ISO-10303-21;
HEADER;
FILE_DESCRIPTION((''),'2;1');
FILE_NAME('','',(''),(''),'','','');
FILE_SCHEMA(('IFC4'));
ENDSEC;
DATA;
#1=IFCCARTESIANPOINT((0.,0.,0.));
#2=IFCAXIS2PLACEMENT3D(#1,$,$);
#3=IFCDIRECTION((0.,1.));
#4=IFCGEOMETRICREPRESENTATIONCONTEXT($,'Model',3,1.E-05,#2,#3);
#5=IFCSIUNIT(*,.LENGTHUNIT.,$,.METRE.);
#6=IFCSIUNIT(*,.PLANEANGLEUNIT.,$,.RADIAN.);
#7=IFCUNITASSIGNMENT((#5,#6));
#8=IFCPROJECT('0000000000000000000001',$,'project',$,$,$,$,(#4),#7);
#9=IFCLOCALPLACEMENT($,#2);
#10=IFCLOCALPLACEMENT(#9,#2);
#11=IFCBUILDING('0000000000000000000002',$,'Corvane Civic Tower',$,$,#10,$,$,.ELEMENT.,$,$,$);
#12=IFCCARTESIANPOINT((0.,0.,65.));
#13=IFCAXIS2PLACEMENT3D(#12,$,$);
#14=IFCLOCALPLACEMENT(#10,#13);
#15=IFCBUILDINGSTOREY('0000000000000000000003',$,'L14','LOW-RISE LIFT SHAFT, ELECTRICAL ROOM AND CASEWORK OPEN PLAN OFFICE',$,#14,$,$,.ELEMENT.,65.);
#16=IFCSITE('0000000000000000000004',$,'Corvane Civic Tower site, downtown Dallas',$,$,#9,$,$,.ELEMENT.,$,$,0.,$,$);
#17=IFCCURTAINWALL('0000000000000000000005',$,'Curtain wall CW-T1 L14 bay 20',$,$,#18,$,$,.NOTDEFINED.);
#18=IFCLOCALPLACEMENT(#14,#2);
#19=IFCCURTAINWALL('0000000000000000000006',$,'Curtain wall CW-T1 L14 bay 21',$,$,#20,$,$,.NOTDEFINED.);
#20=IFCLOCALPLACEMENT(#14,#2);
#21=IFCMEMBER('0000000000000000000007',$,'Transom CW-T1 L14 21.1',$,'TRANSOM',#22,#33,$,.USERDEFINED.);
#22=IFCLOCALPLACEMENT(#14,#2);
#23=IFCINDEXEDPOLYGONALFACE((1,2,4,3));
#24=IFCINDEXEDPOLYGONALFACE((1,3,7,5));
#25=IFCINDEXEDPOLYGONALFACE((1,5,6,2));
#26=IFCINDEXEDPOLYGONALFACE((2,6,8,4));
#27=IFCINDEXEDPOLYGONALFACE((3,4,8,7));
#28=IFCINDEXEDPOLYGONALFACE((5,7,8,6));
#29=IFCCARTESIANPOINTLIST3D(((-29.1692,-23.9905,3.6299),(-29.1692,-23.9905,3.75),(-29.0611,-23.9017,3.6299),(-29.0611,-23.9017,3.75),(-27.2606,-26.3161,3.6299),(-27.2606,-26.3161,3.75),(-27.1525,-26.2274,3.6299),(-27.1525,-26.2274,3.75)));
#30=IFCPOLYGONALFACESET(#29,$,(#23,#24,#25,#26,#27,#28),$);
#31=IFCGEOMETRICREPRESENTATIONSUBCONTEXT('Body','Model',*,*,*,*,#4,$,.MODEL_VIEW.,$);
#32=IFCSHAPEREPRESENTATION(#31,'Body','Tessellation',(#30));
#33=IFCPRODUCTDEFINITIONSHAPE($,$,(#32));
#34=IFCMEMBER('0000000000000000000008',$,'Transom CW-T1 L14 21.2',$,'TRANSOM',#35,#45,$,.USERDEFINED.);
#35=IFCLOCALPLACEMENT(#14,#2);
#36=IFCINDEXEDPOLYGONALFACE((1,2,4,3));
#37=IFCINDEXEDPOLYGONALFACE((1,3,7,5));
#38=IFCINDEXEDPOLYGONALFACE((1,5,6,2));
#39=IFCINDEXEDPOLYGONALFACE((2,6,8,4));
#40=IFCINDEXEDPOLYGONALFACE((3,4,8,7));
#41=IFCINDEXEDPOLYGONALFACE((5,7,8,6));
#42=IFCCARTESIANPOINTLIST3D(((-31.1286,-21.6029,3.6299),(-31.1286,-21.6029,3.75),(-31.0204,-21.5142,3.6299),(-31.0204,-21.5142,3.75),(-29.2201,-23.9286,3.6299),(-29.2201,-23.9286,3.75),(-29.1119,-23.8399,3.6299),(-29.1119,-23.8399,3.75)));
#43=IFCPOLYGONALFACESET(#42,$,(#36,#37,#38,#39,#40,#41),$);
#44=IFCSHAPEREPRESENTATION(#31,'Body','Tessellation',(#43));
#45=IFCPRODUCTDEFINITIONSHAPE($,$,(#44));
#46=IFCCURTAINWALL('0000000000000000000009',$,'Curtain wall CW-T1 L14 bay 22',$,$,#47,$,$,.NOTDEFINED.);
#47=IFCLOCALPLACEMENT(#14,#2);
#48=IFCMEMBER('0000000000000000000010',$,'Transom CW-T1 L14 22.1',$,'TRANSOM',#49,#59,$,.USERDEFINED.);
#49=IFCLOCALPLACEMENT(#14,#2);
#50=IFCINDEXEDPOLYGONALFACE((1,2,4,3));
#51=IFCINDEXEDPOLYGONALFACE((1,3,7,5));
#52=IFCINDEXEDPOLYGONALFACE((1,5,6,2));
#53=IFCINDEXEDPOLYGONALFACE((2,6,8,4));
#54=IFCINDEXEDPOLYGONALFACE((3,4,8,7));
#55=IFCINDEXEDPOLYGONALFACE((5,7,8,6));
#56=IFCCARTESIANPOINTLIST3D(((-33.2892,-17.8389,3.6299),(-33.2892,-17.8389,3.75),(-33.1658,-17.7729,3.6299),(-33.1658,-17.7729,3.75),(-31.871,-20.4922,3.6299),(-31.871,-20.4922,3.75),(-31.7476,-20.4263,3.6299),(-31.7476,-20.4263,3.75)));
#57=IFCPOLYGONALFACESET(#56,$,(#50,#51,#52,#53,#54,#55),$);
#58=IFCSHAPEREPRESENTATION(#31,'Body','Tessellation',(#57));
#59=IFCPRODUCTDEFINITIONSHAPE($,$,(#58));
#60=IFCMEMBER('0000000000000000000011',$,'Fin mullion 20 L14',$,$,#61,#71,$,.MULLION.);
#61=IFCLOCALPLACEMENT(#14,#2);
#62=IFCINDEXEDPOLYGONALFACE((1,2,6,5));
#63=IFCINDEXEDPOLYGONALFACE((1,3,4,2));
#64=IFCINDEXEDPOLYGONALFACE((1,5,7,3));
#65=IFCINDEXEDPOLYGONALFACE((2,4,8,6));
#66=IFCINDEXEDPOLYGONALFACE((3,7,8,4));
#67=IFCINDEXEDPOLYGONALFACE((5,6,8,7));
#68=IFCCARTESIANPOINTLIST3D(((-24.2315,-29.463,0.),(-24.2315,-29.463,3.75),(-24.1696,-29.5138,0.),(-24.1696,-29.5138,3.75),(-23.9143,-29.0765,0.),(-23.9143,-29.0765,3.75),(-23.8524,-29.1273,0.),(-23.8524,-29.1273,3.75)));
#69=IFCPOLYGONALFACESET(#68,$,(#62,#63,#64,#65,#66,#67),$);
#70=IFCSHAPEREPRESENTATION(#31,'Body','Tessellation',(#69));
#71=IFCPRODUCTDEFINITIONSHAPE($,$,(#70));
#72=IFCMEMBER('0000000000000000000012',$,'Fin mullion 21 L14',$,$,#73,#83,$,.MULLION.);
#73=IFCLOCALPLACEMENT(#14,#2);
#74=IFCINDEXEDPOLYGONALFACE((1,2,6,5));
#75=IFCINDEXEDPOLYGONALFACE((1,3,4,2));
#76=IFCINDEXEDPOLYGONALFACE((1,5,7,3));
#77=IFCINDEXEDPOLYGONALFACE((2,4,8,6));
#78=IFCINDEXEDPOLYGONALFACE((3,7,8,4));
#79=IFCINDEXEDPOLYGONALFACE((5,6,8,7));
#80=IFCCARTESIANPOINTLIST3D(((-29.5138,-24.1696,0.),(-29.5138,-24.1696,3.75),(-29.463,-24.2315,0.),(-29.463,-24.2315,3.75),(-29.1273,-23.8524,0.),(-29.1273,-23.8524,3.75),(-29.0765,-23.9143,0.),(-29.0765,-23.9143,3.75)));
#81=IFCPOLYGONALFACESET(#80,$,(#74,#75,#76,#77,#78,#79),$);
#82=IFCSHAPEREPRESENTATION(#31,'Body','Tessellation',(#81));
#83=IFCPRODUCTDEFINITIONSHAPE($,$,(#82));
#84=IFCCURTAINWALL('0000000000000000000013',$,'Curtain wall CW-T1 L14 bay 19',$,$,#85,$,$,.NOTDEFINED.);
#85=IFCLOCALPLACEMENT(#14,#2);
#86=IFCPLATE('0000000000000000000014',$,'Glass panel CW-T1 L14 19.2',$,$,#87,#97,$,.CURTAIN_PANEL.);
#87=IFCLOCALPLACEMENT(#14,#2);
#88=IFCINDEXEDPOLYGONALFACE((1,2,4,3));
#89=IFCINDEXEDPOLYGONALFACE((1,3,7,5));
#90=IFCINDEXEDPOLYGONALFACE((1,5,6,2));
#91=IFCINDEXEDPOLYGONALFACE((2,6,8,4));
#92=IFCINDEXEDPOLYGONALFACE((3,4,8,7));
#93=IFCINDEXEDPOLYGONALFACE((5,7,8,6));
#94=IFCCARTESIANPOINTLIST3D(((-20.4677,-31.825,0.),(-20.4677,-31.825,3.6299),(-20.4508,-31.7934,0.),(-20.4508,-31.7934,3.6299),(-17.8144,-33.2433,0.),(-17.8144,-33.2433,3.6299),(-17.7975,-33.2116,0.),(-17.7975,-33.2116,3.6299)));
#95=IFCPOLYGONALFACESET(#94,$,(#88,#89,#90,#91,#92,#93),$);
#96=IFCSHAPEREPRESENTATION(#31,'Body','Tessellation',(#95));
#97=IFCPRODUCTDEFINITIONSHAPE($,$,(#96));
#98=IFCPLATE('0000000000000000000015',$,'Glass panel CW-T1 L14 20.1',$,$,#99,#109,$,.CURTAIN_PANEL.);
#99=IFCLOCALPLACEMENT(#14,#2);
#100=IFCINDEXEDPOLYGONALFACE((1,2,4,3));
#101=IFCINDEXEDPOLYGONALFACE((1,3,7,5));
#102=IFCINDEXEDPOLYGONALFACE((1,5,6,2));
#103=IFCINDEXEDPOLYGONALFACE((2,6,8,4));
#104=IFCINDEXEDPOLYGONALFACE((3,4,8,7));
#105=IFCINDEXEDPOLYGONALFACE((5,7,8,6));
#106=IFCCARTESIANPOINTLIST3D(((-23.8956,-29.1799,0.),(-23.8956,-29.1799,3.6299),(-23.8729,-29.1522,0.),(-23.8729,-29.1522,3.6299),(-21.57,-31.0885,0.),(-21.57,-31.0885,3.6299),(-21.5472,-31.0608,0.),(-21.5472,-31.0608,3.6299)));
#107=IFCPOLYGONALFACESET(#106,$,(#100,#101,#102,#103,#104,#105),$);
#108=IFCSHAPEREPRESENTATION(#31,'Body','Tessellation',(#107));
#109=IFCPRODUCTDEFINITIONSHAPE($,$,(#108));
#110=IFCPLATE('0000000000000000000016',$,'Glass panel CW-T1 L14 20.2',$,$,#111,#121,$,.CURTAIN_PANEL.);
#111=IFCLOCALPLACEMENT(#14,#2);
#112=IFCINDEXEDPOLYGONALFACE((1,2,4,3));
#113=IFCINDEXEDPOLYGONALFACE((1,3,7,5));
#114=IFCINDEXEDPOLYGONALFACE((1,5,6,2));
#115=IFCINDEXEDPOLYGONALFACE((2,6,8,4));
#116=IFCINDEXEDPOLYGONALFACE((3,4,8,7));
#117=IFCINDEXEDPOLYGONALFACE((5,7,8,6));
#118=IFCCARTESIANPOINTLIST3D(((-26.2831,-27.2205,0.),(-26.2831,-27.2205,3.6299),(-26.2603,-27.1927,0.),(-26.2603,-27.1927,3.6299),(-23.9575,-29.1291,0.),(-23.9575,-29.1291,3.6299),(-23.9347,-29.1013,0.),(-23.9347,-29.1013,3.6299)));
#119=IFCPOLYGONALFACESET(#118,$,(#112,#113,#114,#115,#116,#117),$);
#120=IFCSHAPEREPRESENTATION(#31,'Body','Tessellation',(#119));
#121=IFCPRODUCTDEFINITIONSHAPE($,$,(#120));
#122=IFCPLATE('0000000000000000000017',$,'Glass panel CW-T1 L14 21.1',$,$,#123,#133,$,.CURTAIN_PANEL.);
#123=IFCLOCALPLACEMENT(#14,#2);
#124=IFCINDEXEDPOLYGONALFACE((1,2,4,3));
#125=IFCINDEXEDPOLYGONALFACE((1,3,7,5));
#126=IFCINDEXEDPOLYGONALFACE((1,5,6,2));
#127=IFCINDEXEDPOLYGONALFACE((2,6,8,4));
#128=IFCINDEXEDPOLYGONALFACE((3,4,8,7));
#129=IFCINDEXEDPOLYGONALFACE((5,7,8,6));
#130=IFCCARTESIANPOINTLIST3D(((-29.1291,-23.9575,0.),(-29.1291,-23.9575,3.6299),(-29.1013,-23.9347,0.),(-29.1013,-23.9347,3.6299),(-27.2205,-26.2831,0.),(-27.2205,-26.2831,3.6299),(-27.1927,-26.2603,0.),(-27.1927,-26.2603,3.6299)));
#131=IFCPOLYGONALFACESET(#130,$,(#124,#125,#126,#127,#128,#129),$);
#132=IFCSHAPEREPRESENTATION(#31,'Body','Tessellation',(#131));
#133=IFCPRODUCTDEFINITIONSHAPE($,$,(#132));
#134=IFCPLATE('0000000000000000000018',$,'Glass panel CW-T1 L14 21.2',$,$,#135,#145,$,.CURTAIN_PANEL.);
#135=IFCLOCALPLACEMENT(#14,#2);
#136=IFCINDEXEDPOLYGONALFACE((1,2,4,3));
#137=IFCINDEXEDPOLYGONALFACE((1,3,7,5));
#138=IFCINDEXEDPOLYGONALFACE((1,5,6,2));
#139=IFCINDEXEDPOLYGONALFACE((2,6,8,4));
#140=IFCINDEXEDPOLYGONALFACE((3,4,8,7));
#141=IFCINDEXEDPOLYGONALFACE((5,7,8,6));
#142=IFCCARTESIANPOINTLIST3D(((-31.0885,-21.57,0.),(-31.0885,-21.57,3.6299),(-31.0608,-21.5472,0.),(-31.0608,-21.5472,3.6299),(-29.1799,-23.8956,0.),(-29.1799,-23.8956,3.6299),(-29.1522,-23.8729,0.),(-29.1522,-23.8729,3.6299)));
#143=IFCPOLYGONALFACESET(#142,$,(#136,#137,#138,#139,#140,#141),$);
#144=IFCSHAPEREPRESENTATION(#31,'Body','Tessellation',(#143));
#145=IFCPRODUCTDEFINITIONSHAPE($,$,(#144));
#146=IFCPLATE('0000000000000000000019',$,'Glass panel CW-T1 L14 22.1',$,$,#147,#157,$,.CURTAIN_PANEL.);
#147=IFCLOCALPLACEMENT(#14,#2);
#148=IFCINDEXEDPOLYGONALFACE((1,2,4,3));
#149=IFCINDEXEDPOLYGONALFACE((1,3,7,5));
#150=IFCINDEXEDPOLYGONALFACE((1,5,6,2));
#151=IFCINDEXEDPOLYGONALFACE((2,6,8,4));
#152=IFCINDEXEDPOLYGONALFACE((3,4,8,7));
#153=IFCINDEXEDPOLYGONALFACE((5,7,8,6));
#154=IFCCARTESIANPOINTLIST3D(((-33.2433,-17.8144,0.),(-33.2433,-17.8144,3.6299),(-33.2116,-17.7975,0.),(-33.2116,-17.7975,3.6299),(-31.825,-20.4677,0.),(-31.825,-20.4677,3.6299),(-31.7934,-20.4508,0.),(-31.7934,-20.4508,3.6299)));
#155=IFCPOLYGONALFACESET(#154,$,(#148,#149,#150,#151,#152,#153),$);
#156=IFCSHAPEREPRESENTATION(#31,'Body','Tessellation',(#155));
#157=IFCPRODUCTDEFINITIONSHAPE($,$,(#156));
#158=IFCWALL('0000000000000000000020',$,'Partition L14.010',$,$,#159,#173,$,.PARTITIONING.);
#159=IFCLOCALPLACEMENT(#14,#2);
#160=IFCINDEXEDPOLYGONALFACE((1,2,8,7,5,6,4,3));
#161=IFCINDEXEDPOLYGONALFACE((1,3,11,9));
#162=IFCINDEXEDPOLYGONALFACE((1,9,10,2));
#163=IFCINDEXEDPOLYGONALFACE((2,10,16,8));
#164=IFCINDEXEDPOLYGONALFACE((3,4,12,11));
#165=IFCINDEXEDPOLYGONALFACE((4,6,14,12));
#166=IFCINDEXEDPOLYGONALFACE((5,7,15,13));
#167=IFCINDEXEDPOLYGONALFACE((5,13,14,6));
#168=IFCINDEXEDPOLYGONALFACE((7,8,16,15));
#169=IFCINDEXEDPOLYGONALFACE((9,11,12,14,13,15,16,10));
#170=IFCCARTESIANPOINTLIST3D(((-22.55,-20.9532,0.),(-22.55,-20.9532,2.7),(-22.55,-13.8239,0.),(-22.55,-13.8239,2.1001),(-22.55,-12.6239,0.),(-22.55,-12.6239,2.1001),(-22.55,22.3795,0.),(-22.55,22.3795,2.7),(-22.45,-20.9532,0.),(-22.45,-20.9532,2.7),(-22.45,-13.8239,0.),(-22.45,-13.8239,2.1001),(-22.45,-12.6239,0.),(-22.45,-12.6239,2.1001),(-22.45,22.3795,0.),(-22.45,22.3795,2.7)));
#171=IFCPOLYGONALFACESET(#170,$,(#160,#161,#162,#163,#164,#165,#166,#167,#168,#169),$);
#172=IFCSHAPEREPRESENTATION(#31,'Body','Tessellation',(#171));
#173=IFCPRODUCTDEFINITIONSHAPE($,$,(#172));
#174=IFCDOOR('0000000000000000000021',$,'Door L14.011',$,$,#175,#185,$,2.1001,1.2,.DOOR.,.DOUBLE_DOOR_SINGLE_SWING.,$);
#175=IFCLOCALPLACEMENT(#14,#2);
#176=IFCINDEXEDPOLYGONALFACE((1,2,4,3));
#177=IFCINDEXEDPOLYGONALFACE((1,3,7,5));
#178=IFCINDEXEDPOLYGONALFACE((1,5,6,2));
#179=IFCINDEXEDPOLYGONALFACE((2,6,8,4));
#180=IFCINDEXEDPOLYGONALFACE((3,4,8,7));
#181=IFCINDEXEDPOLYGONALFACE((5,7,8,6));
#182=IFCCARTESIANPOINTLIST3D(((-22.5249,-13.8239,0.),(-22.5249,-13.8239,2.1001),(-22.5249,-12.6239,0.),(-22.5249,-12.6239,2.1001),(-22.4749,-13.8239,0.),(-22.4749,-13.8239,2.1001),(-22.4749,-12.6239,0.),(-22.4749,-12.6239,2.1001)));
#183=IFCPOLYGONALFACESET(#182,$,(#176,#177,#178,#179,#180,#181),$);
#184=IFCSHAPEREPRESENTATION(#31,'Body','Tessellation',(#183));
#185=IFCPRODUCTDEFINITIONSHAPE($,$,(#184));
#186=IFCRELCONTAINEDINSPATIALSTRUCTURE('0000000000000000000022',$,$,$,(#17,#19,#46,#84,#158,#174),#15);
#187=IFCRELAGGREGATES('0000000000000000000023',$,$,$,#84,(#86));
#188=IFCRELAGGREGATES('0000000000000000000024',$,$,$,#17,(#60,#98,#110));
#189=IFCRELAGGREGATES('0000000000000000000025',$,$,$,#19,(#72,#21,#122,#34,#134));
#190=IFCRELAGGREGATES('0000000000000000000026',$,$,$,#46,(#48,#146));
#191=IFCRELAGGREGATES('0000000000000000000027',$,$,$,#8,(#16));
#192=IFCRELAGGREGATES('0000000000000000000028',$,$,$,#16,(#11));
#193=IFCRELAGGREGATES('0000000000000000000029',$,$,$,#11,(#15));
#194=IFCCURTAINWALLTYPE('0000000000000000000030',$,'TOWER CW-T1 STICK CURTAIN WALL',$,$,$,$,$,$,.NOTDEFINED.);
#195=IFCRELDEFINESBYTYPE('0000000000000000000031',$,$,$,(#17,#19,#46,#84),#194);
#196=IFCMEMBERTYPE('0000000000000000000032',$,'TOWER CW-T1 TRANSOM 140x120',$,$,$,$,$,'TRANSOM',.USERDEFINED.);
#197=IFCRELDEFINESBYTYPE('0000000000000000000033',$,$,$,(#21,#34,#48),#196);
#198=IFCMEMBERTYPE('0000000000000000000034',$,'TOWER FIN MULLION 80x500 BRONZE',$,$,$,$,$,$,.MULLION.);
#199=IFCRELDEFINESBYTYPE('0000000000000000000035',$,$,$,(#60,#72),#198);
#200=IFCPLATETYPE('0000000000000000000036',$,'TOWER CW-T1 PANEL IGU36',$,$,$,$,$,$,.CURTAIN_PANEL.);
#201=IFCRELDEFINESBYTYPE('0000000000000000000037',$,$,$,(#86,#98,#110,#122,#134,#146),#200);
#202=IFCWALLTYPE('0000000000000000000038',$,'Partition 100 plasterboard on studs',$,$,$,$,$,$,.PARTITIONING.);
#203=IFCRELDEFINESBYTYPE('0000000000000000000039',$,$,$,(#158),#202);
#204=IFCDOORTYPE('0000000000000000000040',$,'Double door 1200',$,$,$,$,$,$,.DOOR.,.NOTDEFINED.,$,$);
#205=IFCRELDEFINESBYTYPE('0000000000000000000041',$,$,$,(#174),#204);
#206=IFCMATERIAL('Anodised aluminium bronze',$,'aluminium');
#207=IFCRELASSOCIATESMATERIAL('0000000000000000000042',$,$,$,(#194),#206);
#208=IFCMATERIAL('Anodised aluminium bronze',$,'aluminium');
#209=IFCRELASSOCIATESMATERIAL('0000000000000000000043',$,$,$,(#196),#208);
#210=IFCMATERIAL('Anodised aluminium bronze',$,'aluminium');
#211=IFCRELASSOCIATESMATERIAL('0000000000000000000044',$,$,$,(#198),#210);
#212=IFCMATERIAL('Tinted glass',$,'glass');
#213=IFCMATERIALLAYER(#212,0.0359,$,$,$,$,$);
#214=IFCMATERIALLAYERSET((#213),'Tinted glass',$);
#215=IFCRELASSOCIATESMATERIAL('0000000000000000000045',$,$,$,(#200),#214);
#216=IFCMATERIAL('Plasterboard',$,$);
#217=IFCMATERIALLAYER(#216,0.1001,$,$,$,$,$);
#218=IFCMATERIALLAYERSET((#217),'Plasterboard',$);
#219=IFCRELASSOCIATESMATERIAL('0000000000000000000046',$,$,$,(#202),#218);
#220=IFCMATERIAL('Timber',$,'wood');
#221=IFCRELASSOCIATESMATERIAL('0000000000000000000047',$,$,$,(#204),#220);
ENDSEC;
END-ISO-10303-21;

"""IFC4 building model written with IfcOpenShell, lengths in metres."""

from ifc_helpers import new_model, si_unit, direction, frame, frame_2d, origin, origin_2d, place, context, subcontext, project, spatial, rectangle, extrude, material, layer, layer_set, material_profile, profile_set, type_object, element, fill, aggregate, save


model = new_model("IFC4")

# Units and contexts
model_context = context("Model", 3, precision=1e-05, world=origin(), true_north=direction((0.0, 1.0)))
body_context = subcontext(model_context, "Body", "Model", "MODEL_VIEW")
ifc_project = project(units=[si_unit("LENGTHUNIT", "METRE"), si_unit("PLANEANGLEUNIT", "RADIAN")], contexts=[model_context])

# Site, building, storey
site_placement = place(None, origin())
site = spatial("IfcSite", under=ifc_project, at=site_placement, Name="Corvane Civic Tower site, downtown Dallas", CompositionType="ELEMENT", RefElevation=0.0)
building_placement = place(site_placement, origin())
building = spatial("IfcBuilding", under=site, at=building_placement, Name="Corvane Civic Tower", CompositionType="ELEMENT")
storey_placement = place(building_placement, frame((0.0, 0.0, 65.0)))
storey = spatial("IfcBuildingStorey", under=building, at=storey_placement, Name="L14", Description="LOW-RISE LIFT SHAFT, ELECTRICAL ROOM AND CASEWORK OPEN PLAN OFFICE", CompositionType="ELEMENT", Elevation=65.0)

# Curtain walls, members
ifc_material_1 = material(Name="Anodised aluminium bronze", Category="aluminium")
curtain_wall_type = type_object("IfcCurtainWallType", Name="TOWER CW-T1 STICK CURTAIN WALL", PredefinedType="NOTDEFINED", material=ifc_material_1)
curtain_wall_1_placement = place(storey_placement, origin())
curtain_wall_1 = element("IfcCurtainWall", 1, at=curtain_wall_1_placement, inside=storey, type_object=curtain_wall_type, Name="Curtain wall CW-T1 L14 bay 20", PredefinedType="NOTDEFINED")
ifc_material_2 = material(Name="Anodised aluminium bronze", Category="aluminium")
ifc_material_profile_1 = material_profile(ifc_material_2, rectangle(XDim=0.1399, YDim=0.1201, at=origin_2d()), Name="TOWER CW-T1 TRANSOM 140x120")
ifc_profile_set_1 = profile_set([ifc_material_profile_1], Name="Anodised aluminium bronze")
member_type_1 = type_object("IfcMemberType", Name="TOWER CW-T1 TRANSOM 140x120", ElementType="TRANSOM", PredefinedType="USERDEFINED", material=ifc_profile_set_1)
curtain_wall_2_placement = place(storey_placement, origin())
curtain_wall_2 = element("IfcCurtainWall", 2, at=curtain_wall_2_placement, inside=storey, type_object=curtain_wall_type, Name="Curtain wall CW-T1 L14 bay 21", PredefinedType="NOTDEFINED")
member_1_placement = place(storey_placement, frame((-27.2065, -26.2717, 3.6899), z_axis=(-0.634404, 0.773002, 0.0), x_axis=(-0.773002, -0.634404, 0.0)))
member_1 = element("IfcMember", 3, at=member_1_placement, type_object=member_type_1, Name="Transom CW-T1 L14 21.1", ObjectType="TRANSOM", PredefinedType="USERDEFINED", context=body_context, shape_type="SweptSolid", body=[
    extrude(rectangle(XDim=0.1399, YDim=0.1201, at=origin_2d()), origin(), (0.0, 0.0, 1.0), 3.0085),
])
member_2_placement = place(storey_placement, frame((-29.166, -23.8843, 3.6899), z_axis=(-0.634355, 0.773042, 0.0), x_axis=(-0.773042, -0.634355, 0.0)))
member_2 = element("IfcMember", 4, at=member_2_placement, type_object=member_type_1, Name="Transom CW-T1 L14 21.2", ObjectType="TRANSOM", PredefinedType="USERDEFINED", context=body_context, shape_type="SweptSolid", body=[
    extrude(rectangle(XDim=0.1399, YDim=0.1201, at=origin_2d()), origin(), (0.0, 0.0, 1.0), 3.0085),
])

# Curtain wall, member
curtain_wall_3_placement = place(storey_placement, origin())
curtain_wall_3 = element("IfcCurtainWall", 5, at=curtain_wall_3_placement, inside=storey, type_object=curtain_wall_type, Name="Curtain wall CW-T1 L14 bay 22", PredefinedType="NOTDEFINED")
member_3_placement = place(storey_placement, frame((-31.8093, -20.4592, 3.6899), z_axis=(-0.471393, 0.881924, 0.0), x_axis=(-0.881924, -0.471393, 0.0)))
member_3 = element("IfcMember", 6, at=member_3_placement, type_object=member_type_1, Name="Transom CW-T1 L14 22.1", ObjectType="TRANSOM", PredefinedType="USERDEFINED", context=body_context, shape_type="SweptSolid", body=[
    extrude(rectangle(XDim=0.1399, YDim=0.1201, at=origin_2d()), origin(), (0.0, 0.0, 1.0), 3.0085),
])

# Members
ifc_material_3 = material(Name="Anodised aluminium bronze", Category="aluminium")
ifc_material_profile_2 = material_profile(ifc_material_3, rectangle(XDim=0.0801, YDim=0.5, at=origin_2d()), Name="TOWER FIN MULLION 80x500 BRONZE")
ifc_profile_set_2 = profile_set([ifc_material_profile_2], Name="Anodised aluminium bronze")
member_type_2 = type_object("IfcMemberType", Name="TOWER FIN MULLION 80x500 BRONZE", PredefinedType="MULLION", material=ifc_profile_set_2)
member_4_placement = place(storey_placement, frame((-24.042, -29.2952, 0.0), z_axis=(0.0, 0.0, 1.0), x_axis=(-0.773007, 0.634397, 0.0)))
member_4 = element("IfcMember", 7, at=member_4_placement, type_object=member_type_2, Name="Fin mullion 20 L14", PredefinedType="MULLION", context=body_context, shape_type="SweptSolid", body=[
    extrude(rectangle(XDim=0.0801, YDim=0.5, at=origin_2d()), origin(), (0.0, 0.0, 1.0), 3.75),
])
member_5_placement = place(storey_placement, frame((-29.2952, -24.042, 0.0), z_axis=(0.0, 0.0, 1.0), x_axis=(-0.634397, 0.773007, 0.0)))
member_5 = element("IfcMember", 8, at=member_5_placement, type_object=member_type_2, Name="Fin mullion 21 L14", PredefinedType="MULLION", context=body_context, shape_type="SweptSolid", body=[
    extrude(rectangle(XDim=0.0801, YDim=0.5, at=origin_2d()), origin(), (0.0, 0.0, 1.0), 3.75),
])

# Curtain wall, plate
curtain_wall_4_placement = place(storey_placement, origin())
curtain_wall_4 = element("IfcCurtainWall", 9, at=curtain_wall_4_placement, inside=storey, type_object=curtain_wall_type, Name="Curtain wall CW-T1 L14 bay 19", PredefinedType="NOTDEFINED")
ifc_material_4 = material(Name="Tinted glass", Category="glass")
ifc_layer_1 = layer(ifc_material_4, 0.0359)
ifc_layer_set_1 = layer_set([ifc_layer_1], Name="Tinted glass")
plate_type = type_object("IfcPlateType", Name="TOWER CW-T1 PANEL IGU36", PredefinedType="CURTAIN_PANEL", material=ifc_layer_set_1)
plate_1_placement = place(storey_placement, frame((-19.1326, -32.5183, 0.0), z_axis=(0.0, 0.0, 1.0), x_axis=(-0.881918, 0.471404, 0.0)))
plate_1 = element("IfcPlate", 10, at=plate_1_placement, type_object=plate_type, Name="Glass panel CW-T1 L14 19.2", PredefinedType="CURTAIN_PANEL", context=body_context, shape_type="SweptSolid", body=[
    extrude(rectangle(XDim=3.0085, YDim=0.0359, at=origin_2d()), origin(), (0.0, 0.0, 1.0), 3.6299),
])
aggregate(curtain_wall_4, [plate_1])

# Plates
plate_2_placement = place(storey_placement, frame((-22.7214, -30.1204, 0.0), z_axis=(0.0, 0.0, 1.0), x_axis=(-0.773007, 0.634397, 0.0)))
plate_2 = element("IfcPlate", 11, at=plate_2_placement, type_object=plate_type, Name="Glass panel CW-T1 L14 20.1", PredefinedType="CURTAIN_PANEL", context=body_context, shape_type="SweptSolid", body=[
    extrude(rectangle(XDim=3.0085, YDim=0.0359, at=origin_2d()), origin(), (0.0, 0.0, 1.0), 3.6299),
])
plate_3_placement = place(storey_placement, frame((-25.1089, -28.1609, 0.0), z_axis=(0.0, 0.0, 1.0), x_axis=(-0.773007, 0.634397, 0.0)))
plate_3 = element("IfcPlate", 12, at=plate_3_placement, type_object=plate_type, Name="Glass panel CW-T1 L14 20.2", PredefinedType="CURTAIN_PANEL", context=body_context, shape_type="SweptSolid", body=[
    extrude(rectangle(XDim=3.0085, YDim=0.0359, at=origin_2d()), origin(), (0.0, 0.0, 1.0), 3.6299),
])
aggregate(curtain_wall_1, [member_4, plate_2, plate_3])
plate_4_placement = place(storey_placement, frame((-28.1609, -25.1089, 0.0), z_axis=(0.0, 0.0, 1.0), x_axis=(-0.634397, 0.773007, 0.0)))
plate_4 = element("IfcPlate", 13, at=plate_4_placement, type_object=plate_type, Name="Glass panel CW-T1 L14 21.1", PredefinedType="CURTAIN_PANEL", context=body_context, shape_type="SweptSolid", body=[
    extrude(rectangle(XDim=3.0085, YDim=0.0359, at=origin_2d()), origin(), (0.0, 0.0, 1.0), 3.6299),
])
plate_5_placement = place(storey_placement, frame((-30.1204, -22.7214, 0.0), z_axis=(0.0, 0.0, 1.0), x_axis=(-0.634397, 0.773007, 0.0)))
plate_5 = element("IfcPlate", 14, at=plate_5_placement, type_object=plate_type, Name="Glass panel CW-T1 L14 21.2", PredefinedType="CURTAIN_PANEL", context=body_context, shape_type="SweptSolid", body=[
    extrude(rectangle(XDim=3.0085, YDim=0.0359, at=origin_2d()), origin(), (0.0, 0.0, 1.0), 3.6299),
])
aggregate(curtain_wall_2, [member_5, member_1, plate_4, member_2, plate_5])
plate_6_placement = place(storey_placement, frame((-32.5183, -19.1326, 0.0), z_axis=(0.0, 0.0, 1.0), x_axis=(-0.471404, 0.881918, 0.0)))
plate_6 = element("IfcPlate", 15, at=plate_6_placement, type_object=plate_type, Name="Glass panel CW-T1 L14 22.1", PredefinedType="CURTAIN_PANEL", context=body_context, shape_type="SweptSolid", body=[
    extrude(rectangle(XDim=3.0085, YDim=0.0359, at=origin_2d()), origin(), (0.0, 0.0, 1.0), 3.6299),
])
aggregate(curtain_wall_3, [member_3, plate_6])

# Wall, opening, door
ifc_material_5 = material(Name="Plasterboard")
ifc_layer_2 = layer(ifc_material_5, 0.1001)
ifc_layer_set_2 = layer_set([ifc_layer_2], Name="Plasterboard")
wall_type_1 = type_object("IfcWallType", Name="Partition 100 plasterboard on studs", PredefinedType="PARTITIONING", material=ifc_layer_set_2)
wall_1_placement = place(storey_placement, frame((-22.5, -20.9534, 0.0), z_axis=(0.0, 0.0, 1.0), x_axis=(0.0, 1.0, 0.0)))
wall_1 = element("IfcWall", 16, at=wall_1_placement, inside=storey, type_object=wall_type_1, Name="Partition L14.010", PredefinedType="PARTITIONING", context=body_context, shape_type="SweptSolid", body=[
    extrude(rectangle(XDim=43.3328, YDim=0.1001, at=frame_2d((21.6665, 0.0))), origin(), (0.0, 0.0, 1.0), 2.7),
])
opening_1_placement = place(wall_1_placement, frame((7.1294, 0.0, 0.0)))
opening_1 = element("IfcOpeningElement", 17, at=opening_1_placement, cuts=wall_1, PredefinedType="OPENING", context=body_context, shape_type="SweptSolid", body=[
    extrude(rectangle(XDim=1.2, YDim=2.1001, at=frame_2d((0.6001, 1.05))), frame((0.0, 0.0601, 0.0), z_axis=(0.0, -1.0, 0.0), x_axis=(1.0, 0.0, 0.0)), (0.0, 0.0, 1.0), 0.1201),
])
ifc_material_6 = material(Name="Timber", Category="wood")
door_type_1 = type_object("IfcDoorType", Name="Double door 1200", OperationType="NOTDEFINED", PredefinedType="DOOR", material=ifc_material_6)
door_1_placement = place(opening_1_placement, origin())
door_1 = element("IfcDoor", 18, at=door_1_placement, inside=storey, type_object=door_type_1, Name="Door L14.011", OperationType="DOUBLE_DOOR_SINGLE_SWING", OverallHeight=2.1001, OverallWidth=1.2, PredefinedType="DOOR", context=body_context, shape_type="SweptSolid", body=[
    extrude(rectangle(XDim=1.2, YDim=2.1001, at=frame_2d((0.6001, 1.05))), frame((0.0, 0.0249, 0.0), z_axis=(0.0, -1.0, 0.0), x_axis=(1.0, 0.0, 0.0)), (0.0, 0.0, 1.0), 0.05),
])
fill(opening_1, door_1)

save(model, "model.ifc")
